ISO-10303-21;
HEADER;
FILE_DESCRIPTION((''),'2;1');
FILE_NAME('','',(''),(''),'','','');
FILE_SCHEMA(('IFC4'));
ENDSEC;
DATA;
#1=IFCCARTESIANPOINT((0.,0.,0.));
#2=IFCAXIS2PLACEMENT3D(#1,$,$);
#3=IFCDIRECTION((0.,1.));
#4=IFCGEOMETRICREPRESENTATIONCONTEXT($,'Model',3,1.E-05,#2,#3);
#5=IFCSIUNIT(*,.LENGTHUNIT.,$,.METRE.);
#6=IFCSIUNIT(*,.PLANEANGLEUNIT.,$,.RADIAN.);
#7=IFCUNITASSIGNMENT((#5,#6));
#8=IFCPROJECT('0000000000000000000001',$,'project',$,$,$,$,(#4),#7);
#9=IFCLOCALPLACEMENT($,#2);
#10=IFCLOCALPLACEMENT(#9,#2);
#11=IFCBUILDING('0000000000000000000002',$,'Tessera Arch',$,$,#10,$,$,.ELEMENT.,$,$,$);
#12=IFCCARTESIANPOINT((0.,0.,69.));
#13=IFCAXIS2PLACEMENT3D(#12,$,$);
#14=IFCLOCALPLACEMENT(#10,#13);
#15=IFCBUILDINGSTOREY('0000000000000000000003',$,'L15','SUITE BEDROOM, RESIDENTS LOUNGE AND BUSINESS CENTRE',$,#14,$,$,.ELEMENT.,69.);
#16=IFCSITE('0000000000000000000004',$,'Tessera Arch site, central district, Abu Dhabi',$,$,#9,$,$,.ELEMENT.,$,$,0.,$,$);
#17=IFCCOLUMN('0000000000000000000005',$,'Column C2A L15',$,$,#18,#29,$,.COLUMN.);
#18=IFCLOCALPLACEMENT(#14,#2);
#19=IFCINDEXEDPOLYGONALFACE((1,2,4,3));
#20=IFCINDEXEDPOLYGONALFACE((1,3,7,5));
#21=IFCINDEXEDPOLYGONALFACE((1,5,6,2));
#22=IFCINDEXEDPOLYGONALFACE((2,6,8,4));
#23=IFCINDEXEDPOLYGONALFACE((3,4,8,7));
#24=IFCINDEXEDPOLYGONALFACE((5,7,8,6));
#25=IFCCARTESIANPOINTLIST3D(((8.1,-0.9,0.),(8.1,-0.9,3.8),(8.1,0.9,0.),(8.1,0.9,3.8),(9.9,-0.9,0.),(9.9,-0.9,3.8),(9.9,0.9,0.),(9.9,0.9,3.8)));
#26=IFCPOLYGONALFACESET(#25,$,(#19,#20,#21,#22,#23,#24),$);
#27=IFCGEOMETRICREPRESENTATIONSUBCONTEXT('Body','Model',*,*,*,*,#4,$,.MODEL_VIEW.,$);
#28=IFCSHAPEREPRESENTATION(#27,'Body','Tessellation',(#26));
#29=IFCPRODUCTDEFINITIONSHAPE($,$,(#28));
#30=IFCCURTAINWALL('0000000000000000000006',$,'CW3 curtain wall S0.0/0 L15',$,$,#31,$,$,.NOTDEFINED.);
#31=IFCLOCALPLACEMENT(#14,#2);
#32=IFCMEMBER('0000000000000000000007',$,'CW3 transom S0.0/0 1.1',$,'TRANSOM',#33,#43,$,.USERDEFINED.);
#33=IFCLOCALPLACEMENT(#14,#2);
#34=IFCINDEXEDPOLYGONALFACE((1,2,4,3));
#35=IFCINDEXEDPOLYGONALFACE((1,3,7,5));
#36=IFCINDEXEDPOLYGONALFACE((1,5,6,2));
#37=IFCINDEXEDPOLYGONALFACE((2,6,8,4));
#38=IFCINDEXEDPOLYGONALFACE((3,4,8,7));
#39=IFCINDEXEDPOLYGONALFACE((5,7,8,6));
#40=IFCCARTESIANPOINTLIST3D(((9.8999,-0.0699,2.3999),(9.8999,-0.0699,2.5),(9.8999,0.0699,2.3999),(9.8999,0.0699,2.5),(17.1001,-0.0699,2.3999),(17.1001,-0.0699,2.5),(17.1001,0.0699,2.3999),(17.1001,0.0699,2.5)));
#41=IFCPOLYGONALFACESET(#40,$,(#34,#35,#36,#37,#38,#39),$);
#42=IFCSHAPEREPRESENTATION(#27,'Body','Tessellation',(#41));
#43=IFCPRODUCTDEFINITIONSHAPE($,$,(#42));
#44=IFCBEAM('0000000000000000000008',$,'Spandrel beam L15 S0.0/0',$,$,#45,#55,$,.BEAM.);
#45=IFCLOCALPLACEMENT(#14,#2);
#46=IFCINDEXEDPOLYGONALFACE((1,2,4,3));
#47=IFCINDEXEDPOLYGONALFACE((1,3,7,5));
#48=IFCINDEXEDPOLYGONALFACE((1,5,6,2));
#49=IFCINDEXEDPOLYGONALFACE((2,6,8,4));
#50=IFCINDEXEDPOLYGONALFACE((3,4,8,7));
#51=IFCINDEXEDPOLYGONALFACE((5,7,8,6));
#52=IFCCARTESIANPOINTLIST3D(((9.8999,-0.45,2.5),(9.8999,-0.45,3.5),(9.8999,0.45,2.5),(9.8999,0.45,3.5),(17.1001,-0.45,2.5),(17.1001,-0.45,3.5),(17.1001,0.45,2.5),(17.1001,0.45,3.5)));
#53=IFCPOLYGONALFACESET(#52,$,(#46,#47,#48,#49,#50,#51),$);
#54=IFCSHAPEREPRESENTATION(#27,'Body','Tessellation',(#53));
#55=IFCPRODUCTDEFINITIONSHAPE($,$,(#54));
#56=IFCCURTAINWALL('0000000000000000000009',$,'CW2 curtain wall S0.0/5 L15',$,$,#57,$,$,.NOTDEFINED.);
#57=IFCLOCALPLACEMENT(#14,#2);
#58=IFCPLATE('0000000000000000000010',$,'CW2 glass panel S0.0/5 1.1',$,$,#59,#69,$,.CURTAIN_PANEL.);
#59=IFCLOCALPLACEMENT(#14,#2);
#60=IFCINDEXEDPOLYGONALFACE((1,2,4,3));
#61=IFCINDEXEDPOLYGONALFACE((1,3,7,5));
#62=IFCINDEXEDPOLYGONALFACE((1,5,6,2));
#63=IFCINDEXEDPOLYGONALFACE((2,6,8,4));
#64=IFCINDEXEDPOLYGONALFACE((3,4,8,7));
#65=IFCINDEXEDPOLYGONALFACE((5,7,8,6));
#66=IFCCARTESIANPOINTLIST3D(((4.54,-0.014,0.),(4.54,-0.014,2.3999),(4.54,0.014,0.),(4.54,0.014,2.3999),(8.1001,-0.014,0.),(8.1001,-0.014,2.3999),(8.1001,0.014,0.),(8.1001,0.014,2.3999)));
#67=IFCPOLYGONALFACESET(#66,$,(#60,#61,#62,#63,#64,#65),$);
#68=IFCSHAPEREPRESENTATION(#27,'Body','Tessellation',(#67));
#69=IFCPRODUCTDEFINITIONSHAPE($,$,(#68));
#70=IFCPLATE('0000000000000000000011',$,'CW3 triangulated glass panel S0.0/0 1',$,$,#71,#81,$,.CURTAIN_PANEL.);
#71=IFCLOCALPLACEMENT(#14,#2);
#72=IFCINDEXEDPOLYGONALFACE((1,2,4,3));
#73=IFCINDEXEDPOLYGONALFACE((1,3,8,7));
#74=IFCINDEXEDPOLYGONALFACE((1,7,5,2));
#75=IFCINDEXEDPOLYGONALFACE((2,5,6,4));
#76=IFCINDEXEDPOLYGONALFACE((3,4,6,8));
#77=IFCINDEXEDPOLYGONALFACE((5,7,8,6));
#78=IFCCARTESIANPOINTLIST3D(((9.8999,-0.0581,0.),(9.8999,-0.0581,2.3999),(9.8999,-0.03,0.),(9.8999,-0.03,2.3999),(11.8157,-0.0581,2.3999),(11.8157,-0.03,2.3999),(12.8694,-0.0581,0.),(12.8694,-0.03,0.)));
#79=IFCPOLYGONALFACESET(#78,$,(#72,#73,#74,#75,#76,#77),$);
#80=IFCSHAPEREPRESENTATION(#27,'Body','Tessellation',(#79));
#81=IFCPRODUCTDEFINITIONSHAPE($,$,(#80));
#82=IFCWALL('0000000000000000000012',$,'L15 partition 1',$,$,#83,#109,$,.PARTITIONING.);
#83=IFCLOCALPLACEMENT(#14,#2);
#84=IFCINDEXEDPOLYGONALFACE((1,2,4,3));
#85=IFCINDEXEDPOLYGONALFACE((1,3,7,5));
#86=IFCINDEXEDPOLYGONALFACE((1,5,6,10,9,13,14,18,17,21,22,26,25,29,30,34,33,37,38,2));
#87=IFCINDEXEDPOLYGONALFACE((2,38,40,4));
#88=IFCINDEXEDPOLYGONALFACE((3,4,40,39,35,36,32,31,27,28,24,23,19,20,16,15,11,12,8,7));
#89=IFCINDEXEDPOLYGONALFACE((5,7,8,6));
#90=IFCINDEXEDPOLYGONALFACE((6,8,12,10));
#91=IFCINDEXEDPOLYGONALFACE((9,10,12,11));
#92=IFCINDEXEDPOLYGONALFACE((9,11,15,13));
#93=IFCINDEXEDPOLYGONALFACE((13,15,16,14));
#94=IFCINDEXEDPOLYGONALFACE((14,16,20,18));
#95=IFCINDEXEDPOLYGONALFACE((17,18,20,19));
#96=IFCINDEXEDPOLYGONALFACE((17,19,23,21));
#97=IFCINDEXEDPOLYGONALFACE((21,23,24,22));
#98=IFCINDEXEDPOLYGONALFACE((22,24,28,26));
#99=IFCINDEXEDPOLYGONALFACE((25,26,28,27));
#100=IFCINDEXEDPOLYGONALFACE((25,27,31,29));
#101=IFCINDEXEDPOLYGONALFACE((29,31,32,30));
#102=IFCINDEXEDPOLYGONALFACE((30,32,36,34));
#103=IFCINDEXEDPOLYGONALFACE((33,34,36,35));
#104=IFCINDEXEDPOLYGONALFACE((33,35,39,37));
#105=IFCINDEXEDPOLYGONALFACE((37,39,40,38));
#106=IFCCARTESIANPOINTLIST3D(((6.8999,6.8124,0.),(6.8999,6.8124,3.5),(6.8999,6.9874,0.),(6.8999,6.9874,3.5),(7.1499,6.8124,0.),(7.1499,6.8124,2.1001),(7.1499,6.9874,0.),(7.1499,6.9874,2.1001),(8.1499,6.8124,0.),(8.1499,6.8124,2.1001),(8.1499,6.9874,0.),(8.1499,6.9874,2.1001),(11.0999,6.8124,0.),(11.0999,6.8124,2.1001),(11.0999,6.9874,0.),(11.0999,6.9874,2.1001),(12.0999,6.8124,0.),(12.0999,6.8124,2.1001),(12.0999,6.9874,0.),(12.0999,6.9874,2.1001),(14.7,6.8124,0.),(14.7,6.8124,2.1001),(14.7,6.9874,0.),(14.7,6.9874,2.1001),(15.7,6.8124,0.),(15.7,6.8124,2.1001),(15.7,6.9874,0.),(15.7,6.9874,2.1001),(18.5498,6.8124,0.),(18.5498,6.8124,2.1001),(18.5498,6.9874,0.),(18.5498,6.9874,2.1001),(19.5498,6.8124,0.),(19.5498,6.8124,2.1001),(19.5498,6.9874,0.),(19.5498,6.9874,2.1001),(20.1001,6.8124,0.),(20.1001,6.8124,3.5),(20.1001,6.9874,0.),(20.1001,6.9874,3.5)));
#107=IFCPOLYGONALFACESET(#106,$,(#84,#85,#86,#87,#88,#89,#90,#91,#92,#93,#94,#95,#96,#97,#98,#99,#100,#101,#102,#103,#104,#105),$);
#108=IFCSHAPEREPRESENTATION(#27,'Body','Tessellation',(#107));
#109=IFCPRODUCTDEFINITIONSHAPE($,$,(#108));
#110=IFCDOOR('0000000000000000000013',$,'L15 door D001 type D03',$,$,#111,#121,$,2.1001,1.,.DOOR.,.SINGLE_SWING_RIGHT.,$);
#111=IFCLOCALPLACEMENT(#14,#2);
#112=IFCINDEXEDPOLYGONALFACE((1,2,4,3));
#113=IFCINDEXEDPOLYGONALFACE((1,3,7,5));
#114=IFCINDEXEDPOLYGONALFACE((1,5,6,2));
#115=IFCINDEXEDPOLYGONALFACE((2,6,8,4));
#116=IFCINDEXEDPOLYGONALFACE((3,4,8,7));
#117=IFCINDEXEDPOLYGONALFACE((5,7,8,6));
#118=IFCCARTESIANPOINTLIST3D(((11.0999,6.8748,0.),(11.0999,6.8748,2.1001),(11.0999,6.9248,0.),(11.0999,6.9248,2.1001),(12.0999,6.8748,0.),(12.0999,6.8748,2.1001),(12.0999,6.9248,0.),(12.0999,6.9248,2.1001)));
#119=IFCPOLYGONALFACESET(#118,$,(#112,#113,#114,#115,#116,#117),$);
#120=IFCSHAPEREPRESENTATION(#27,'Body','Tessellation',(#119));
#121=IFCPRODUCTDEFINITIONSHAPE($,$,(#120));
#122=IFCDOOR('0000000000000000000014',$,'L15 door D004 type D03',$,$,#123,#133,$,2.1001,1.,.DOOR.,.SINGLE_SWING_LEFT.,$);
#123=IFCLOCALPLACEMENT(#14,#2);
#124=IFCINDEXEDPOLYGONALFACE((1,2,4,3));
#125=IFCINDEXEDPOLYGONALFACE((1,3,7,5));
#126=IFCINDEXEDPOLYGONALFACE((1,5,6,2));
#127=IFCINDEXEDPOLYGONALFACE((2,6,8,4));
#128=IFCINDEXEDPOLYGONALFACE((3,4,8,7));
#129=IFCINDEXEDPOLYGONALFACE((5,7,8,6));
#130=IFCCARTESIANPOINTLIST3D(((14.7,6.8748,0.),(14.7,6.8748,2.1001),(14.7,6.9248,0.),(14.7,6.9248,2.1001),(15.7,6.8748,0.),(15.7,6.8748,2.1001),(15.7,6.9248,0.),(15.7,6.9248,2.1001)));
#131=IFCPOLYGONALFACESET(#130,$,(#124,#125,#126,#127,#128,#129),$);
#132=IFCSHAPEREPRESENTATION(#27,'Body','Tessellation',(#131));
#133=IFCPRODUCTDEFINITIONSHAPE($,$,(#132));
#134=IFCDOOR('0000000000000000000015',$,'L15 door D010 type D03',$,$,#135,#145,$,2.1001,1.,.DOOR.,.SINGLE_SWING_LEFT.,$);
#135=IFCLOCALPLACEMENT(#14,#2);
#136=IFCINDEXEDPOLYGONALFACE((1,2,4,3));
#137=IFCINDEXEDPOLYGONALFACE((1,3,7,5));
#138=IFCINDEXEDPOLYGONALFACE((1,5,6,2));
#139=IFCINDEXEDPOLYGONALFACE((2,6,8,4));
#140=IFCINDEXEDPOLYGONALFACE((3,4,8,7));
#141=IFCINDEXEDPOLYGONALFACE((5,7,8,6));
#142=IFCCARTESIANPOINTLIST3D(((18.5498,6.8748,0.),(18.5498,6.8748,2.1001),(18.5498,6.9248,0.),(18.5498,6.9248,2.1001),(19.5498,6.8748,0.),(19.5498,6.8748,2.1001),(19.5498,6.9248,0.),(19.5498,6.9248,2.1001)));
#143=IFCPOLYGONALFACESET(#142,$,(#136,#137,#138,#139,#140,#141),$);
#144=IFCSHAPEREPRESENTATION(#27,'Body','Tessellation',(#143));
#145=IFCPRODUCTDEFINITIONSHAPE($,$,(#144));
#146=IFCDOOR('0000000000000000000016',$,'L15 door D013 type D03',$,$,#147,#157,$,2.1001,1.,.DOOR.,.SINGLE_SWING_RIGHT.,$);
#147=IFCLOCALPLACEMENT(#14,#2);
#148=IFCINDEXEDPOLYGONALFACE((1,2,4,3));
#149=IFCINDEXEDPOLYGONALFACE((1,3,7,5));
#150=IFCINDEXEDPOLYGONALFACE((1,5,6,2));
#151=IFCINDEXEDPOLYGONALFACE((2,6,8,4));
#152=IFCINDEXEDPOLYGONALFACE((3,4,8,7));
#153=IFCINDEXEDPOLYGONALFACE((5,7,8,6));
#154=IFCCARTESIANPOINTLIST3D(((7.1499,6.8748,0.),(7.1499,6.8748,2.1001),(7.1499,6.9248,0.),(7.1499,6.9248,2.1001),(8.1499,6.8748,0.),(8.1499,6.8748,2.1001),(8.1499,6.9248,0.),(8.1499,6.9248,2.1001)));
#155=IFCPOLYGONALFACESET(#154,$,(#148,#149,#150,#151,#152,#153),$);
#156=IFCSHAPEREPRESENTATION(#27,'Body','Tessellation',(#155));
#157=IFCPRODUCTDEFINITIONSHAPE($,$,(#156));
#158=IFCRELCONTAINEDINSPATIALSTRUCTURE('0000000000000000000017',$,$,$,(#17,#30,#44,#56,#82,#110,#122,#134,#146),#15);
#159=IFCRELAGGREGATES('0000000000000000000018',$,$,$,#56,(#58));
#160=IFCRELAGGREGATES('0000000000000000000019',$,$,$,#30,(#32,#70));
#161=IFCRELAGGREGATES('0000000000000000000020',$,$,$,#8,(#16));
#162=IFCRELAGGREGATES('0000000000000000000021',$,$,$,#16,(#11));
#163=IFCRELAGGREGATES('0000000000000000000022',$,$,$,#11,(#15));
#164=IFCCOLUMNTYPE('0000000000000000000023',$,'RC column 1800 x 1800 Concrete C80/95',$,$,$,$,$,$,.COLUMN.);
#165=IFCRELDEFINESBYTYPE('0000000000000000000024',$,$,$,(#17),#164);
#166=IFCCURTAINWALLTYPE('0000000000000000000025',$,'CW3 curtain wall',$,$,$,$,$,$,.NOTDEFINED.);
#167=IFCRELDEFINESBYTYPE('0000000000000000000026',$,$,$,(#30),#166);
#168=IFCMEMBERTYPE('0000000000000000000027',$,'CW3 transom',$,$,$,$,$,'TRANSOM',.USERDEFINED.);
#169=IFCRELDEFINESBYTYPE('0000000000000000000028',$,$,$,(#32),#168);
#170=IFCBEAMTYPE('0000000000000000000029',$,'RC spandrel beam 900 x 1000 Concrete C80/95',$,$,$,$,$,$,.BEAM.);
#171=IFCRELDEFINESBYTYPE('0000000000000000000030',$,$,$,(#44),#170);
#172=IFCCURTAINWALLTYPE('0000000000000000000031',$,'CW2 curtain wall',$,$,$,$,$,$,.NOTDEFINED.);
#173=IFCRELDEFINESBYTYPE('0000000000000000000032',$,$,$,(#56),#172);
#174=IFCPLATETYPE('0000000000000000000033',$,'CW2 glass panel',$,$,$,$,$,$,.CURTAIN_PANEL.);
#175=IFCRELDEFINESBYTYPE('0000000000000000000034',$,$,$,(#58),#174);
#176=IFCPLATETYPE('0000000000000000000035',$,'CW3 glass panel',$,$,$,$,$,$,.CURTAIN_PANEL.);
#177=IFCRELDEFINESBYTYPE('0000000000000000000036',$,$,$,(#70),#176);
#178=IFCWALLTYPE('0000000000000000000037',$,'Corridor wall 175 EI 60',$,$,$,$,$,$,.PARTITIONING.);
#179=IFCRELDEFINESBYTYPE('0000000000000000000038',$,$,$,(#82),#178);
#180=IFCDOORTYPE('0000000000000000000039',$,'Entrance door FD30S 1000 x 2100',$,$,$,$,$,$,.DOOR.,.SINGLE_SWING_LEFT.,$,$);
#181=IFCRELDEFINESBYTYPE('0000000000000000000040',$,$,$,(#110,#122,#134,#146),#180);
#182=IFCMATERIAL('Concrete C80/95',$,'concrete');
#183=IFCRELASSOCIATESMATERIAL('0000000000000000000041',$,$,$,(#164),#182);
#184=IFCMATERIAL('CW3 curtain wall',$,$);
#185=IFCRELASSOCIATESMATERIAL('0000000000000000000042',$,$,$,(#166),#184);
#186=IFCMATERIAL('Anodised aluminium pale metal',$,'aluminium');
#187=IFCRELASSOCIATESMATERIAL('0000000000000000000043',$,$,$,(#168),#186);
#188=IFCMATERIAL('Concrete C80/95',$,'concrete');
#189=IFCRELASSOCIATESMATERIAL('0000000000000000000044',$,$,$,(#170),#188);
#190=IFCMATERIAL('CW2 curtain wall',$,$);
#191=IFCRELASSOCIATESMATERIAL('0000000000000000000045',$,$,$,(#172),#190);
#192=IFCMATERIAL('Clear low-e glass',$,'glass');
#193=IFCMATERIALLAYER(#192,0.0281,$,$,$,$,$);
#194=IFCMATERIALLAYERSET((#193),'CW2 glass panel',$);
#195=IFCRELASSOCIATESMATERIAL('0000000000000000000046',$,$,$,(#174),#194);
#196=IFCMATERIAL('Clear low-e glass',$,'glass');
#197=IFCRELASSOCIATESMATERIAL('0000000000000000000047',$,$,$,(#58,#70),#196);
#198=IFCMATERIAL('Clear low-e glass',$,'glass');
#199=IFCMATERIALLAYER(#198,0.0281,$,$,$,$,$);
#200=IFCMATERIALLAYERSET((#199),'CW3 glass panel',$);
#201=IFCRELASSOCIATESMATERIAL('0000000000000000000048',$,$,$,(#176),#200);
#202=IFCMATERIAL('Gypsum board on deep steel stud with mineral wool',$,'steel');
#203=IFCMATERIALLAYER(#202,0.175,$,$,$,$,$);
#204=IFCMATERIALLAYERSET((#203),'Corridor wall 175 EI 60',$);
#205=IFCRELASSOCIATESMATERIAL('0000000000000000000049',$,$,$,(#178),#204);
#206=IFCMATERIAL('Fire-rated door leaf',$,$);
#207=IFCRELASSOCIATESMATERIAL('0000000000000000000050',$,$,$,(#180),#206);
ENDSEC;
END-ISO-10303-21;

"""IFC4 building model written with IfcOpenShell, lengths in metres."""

from ifc_helpers import new_model, si_unit, direction, frame, frame_2d, origin, origin_2d, place, context, subcontext, project, spatial, polyline, rectangle, outline, extrude, material, layer, layer_set, material_profile, profile_set, type_object, element, fill, aggregate, save


model = new_model("IFC4")

# Units and contexts
model_context = context("Model", 3, precision=1e-05, world=origin(), true_north=direction((0.0, 1.0)))
body_context = subcontext(model_context, "Body", "Model", "MODEL_VIEW")
ifc_project = project(units=[si_unit("LENGTHUNIT", "METRE"), si_unit("PLANEANGLEUNIT", "RADIAN")], contexts=[model_context])

# Site, building, storey
site_placement = place(None, origin())
site = spatial("IfcSite", under=ifc_project, at=site_placement, Name="Tessera Arch site, central district, Abu Dhabi", CompositionType="ELEMENT", RefElevation=0.0)
building_placement = place(site_placement, origin())
building = spatial("IfcBuilding", under=site, at=building_placement, Name="Tessera Arch", CompositionType="ELEMENT")
storey_placement = place(building_placement, frame((0.0, 0.0, 69.0)))
storey = spatial("IfcBuildingStorey", under=building, at=storey_placement, Name="L15", Description="SUITE BEDROOM, RESIDENTS LOUNGE AND BUSINESS CENTRE", CompositionType="ELEMENT", Elevation=69.0)

# Column
ifc_material_1 = material(Name="Concrete C80/95", Category="concrete")
ifc_material_profile_1 = material_profile(ifc_material_1, rectangle(XDim=1.8, YDim=1.8, at=origin_2d()), Name="RC column 1800 x 1800 Concrete C80/95")
ifc_profile_set_1 = profile_set([ifc_material_profile_1], Name="Concrete C80/95")
column_type = type_object("IfcColumnType", Name="RC column 1800 x 1800 Concrete C80/95", PredefinedType="COLUMN", material=ifc_profile_set_1)
column_placement = place(storey_placement, frame((9.0, 0.0, 0.0), z_axis=(0.0, 0.0, 1.0), x_axis=(1.0, 0.0, 0.0)))
element("IfcColumn", 1, at=column_placement, inside=storey, type_object=column_type, Name="Column C2A L15", PredefinedType="COLUMN", context=body_context, shape_type="SweptSolid", body=[
    extrude(rectangle(XDim=1.8, YDim=1.8, at=origin_2d()), origin(), (0.0, 0.0, 1.0), 3.8),
])

# Curtain wall, member
ifc_material_2 = material(Name="CW3 curtain wall")
curtain_wall_type_1 = type_object("IfcCurtainWallType", Name="CW3 curtain wall", PredefinedType="NOTDEFINED", material=ifc_material_2)
curtain_wall_1_placement = place(storey_placement, origin())
curtain_wall_1 = element("IfcCurtainWall", 2, at=curtain_wall_1_placement, inside=storey, type_object=curtain_wall_type_1, Name="CW3 curtain wall S0.0/0 L15", PredefinedType="NOTDEFINED")
ifc_material_3 = material(Name="Anodised aluminium pale metal", Category="aluminium")
ifc_material_profile_2 = material_profile(ifc_material_3, rectangle(XDim=0.1399, YDim=0.1001, at=origin_2d()), Name="AL 140x100")
ifc_profile_set_2 = profile_set([ifc_material_profile_2], Name="Anodised aluminium pale metal")
member_type = type_object("IfcMemberType", Name="CW3 transom", ElementType="TRANSOM", PredefinedType="USERDEFINED", material=ifc_profile_set_2)
member_placement = place(storey_placement, frame((9.8999, 0.0, 2.45), z_axis=(1.0, 0.0, 0.0), x_axis=(0.0, 1.0, 0.0)))
member = element("IfcMember", 3, at=member_placement, type_object=member_type, Name="CW3 transom S0.0/0 1.1", ObjectType="TRANSOM", PredefinedType="USERDEFINED", context=body_context, shape_type="SweptSolid", body=[
    extrude(rectangle(XDim=0.1399, YDim=0.1001, at=origin_2d()), origin(), (0.0, 0.0, 1.0), 7.2002),
])

# Beam
ifc_material_4 = material(Name="Concrete C80/95", Category="concrete")
ifc_material_profile_3 = material_profile(ifc_material_4, rectangle(XDim=0.8999, YDim=1.0, at=origin_2d()), Name="RC spandrel beam 900 x 1000 Concrete C80/95")
ifc_profile_set_3 = profile_set([ifc_material_profile_3], Name="Concrete C80/95")
beam_type = type_object("IfcBeamType", Name="RC spandrel beam 900 x 1000 Concrete C80/95", PredefinedType="BEAM", material=ifc_profile_set_3)
beam_placement = place(storey_placement, frame((9.8999, 0.0, 3.0), z_axis=(1.0, 0.0, 0.0), x_axis=(0.0, 1.0, 0.0)))
element("IfcBeam", 4, at=beam_placement, inside=storey, type_object=beam_type, Name="Spandrel beam L15 S0.0/0", PredefinedType="BEAM", context=body_context, shape_type="SweptSolid", body=[
    extrude(rectangle(XDim=0.8999, YDim=1.0, at=origin_2d()), origin(), (0.0, 0.0, 1.0), 7.2002),
])

# Curtain wall, plate
ifc_material_5 = material(Name="CW2 curtain wall")
curtain_wall_type_2 = type_object("IfcCurtainWallType", Name="CW2 curtain wall", PredefinedType="NOTDEFINED", material=ifc_material_5)
curtain_wall_2_placement = place(storey_placement, origin())
curtain_wall_2 = element("IfcCurtainWall", 5, at=curtain_wall_2_placement, inside=storey, type_object=curtain_wall_type_2, Name="CW2 curtain wall S0.0/5 L15", PredefinedType="NOTDEFINED")
ifc_material_6 = material(Name="Clear low-e glass", Category="glass")
ifc_material_7 = material(Name="Clear low-e glass", Category="glass")
ifc_layer_1 = layer(ifc_material_7, 0.0281)
ifc_layer_set_1 = layer_set([ifc_layer_1], Name="CW2 glass panel")
plate_type_1 = type_object("IfcPlateType", Name="CW2 glass panel", PredefinedType="CURTAIN_PANEL", material=ifc_layer_set_1)
plate_1_placement = place(storey_placement, frame((6.3201, 0.0, 0.0), z_axis=(0.0, 0.0, 1.0), x_axis=(1.0, 0.0, 0.0)))
plate_1 = element("IfcPlate", 6, at=plate_1_placement, type_object=plate_type_1, material=ifc_material_6, Name="CW2 glass panel S0.0/5 1.1", PredefinedType="CURTAIN_PANEL", context=body_context, shape_type="SweptSolid", body=[
    extrude(rectangle(XDim=3.5601, YDim=0.0281, at=origin_2d()), origin(), (0.0, 0.0, 1.0), 2.3999),
])
aggregate(curtain_wall_2, [plate_1])

# Plate
ifc_material_8 = material(Name="Clear low-e glass", Category="glass")
ifc_layer_2 = layer(ifc_material_8, 0.0281)
ifc_layer_set_2 = layer_set([ifc_layer_2], Name="CW3 glass panel")
plate_type_2 = type_object("IfcPlateType", Name="CW3 glass panel", PredefinedType="CURTAIN_PANEL", material=ifc_layer_set_2)
plate_2_placement = place(storey_placement, frame((9.8999, -0.0581, 0.0), z_axis=(0.0, -1.0, 0.0), x_axis=(1.0, 0.0, 0.0)))
plate_2 = element("IfcPlate", 7, at=plate_2_placement, type_object=plate_type_2, material=ifc_material_6, Name="CW3 triangulated glass panel S0.0/0 1", PredefinedType="CURTAIN_PANEL", context=body_context, shape_type="SweptSolid", body=[
    extrude(outline(polyline([(0.0, 0.0), (2.9695, 0.0), (1.9158, 2.3999), (0.0, 2.3999), (0.0, 0.0)])), origin(), (0.0, 0.0, -1.0), 0.0281),
])
aggregate(curtain_wall_1, [member, plate_2])

# Wall, openings, doors
ifc_material_9 = material(Name="Gypsum board on deep steel stud with mineral wool", Category="steel")
ifc_layer_3 = layer(ifc_material_9, 0.175)
ifc_layer_set_3 = layer_set([ifc_layer_3], Name="Corridor wall 175 EI 60")
wall_type_1 = type_object("IfcWallType", Name="Corridor wall 175 EI 60", PredefinedType="PARTITIONING", material=ifc_layer_set_3)
wall_1_placement = place(storey_placement, frame((6.8999, 6.8999, 0.0), z_axis=(0.0, 0.0, 1.0), x_axis=(1.0, 0.0, 0.0)))
wall_1 = element("IfcWall", 8, at=wall_1_placement, inside=storey, type_object=wall_type_1, Name="L15 partition 1", PredefinedType="PARTITIONING", context=body_context, shape_type="SweptSolid", body=[
    extrude(rectangle(XDim=13.2002, YDim=0.175, at=frame_2d((6.6001, 0.0))), origin(), (0.0, 0.0, 1.0), 3.5),
])
opening_1_placement = place(wall_1_placement, frame((4.2, 0.0, 0.0)))
opening_1 = element("IfcOpeningElement", 9, at=opening_1_placement, cuts=wall_1, PredefinedType="OPENING", context=body_context, shape_type="SweptSolid", body=[
    extrude(rectangle(XDim=1.0, YDim=2.1001, at=frame_2d((0.5, 1.05))), frame((0.0, 0.0974, 0.0), z_axis=(0.0, -1.0, 0.0), x_axis=(1.0, 0.0, 0.0)), (0.0, 0.0, 1.0), 0.1951),
])
opening_2_placement = place(wall_1_placement, frame((7.8, 0.0, 0.0)))
opening_2 = element("IfcOpeningElement", 10, at=opening_2_placement, cuts=wall_1, PredefinedType="OPENING", context=body_context, shape_type="SweptSolid", body=[
    extrude(rectangle(XDim=1.0, YDim=2.1001, at=frame_2d((0.5, 1.05))), frame((0.0, 0.0974, 0.0), z_axis=(0.0, -1.0, 0.0), x_axis=(1.0, 0.0, 0.0)), (0.0, 0.0, 1.0), 0.1951),
])
opening_3_placement = place(wall_1_placement, frame((11.6499, 0.0, 0.0)))
opening_3 = element("IfcOpeningElement", 11, at=opening_3_placement, cuts=wall_1, PredefinedType="OPENING", context=body_context, shape_type="SweptSolid", body=[
    extrude(rectangle(XDim=1.0, YDim=2.1001, at=frame_2d((0.5, 1.05))), frame((0.0, 0.0974, 0.0), z_axis=(0.0, -1.0, 0.0), x_axis=(1.0, 0.0, 0.0)), (0.0, 0.0, 1.0), 0.1951),
])
opening_4_placement = place(wall_1_placement, frame((0.25, 0.0, 0.0)))
opening_4 = element("IfcOpeningElement", 12, at=opening_4_placement, cuts=wall_1, PredefinedType="OPENING", context=body_context, shape_type="SweptSolid", body=[
    extrude(rectangle(XDim=1.0, YDim=2.1001, at=frame_2d((0.5, 1.05))), frame((0.0, 0.0974, 0.0), z_axis=(0.0, -1.0, 0.0), x_axis=(1.0, 0.0, 0.0)), (0.0, 0.0, 1.0), 0.1951),
])
ifc_material_10 = material(Name="Fire-rated door leaf")
door_type_1 = type_object("IfcDoorType", Name="Entrance door FD30S 1000 x 2100", OperationType="SINGLE_SWING_LEFT", PredefinedType="DOOR", material=ifc_material_10)
door_1_placement = place(opening_1_placement, origin())
door_1 = element("IfcDoor", 13, at=door_1_placement, inside=storey, type_object=door_type_1, Name="L15 door D001 type D03", OperationType="SINGLE_SWING_RIGHT", OverallHeight=2.1001, OverallWidth=1.0, PredefinedType="DOOR", context=body_context, shape_type="SweptSolid", body=[
    extrude(rectangle(XDim=1.0, YDim=2.1001, at=frame_2d((0.5, 1.05))), frame((0.0, 0.0249, 0.0), z_axis=(0.0, -1.0, 0.0), x_axis=(1.0, 0.0, 0.0)), (0.0, 0.0, 1.0), 0.05),
])
fill(opening_1, door_1)
door_2_placement = place(opening_2_placement, origin())
door_2 = element("IfcDoor", 14, at=door_2_placement, inside=storey, type_object=door_type_1, Name="L15 door D004 type D03", OperationType="SINGLE_SWING_LEFT", OverallHeight=2.1001, OverallWidth=1.0, PredefinedType="DOOR", context=body_context, shape_type="SweptSolid", body=[
    extrude(rectangle(XDim=1.0, YDim=2.1001, at=frame_2d((0.5, 1.05))), frame((0.0, 0.0249, 0.0), z_axis=(0.0, -1.0, 0.0), x_axis=(1.0, 0.0, 0.0)), (0.0, 0.0, 1.0), 0.05),
])
fill(opening_2, door_2)
door_3_placement = place(opening_3_placement, origin())
door_3 = element("IfcDoor", 15, at=door_3_placement, inside=storey, type_object=door_type_1, Name="L15 door D010 type D03", OperationType="SINGLE_SWING_LEFT", OverallHeight=2.1001, OverallWidth=1.0, PredefinedType="DOOR", context=body_context, shape_type="SweptSolid", body=[
    extrude(rectangle(XDim=1.0, YDim=2.1001, at=frame_2d((0.5, 1.05))), frame((0.0, 0.0249, 0.0), z_axis=(0.0, -1.0, 0.0), x_axis=(1.0, 0.0, 0.0)), (0.0, 0.0, 1.0), 0.05),
])
fill(opening_3, door_3)
door_4_placement = place(opening_4_placement, origin())
door_4 = element("IfcDoor", 16, at=door_4_placement, inside=storey, type_object=door_type_1, Name="L15 door D013 type D03", OperationType="SINGLE_SWING_RIGHT", OverallHeight=2.1001, OverallWidth=1.0, PredefinedType="DOOR", context=body_context, shape_type="SweptSolid", body=[
    extrude(rectangle(XDim=1.0, YDim=2.1001, at=frame_2d((0.5, 1.05))), frame((0.0, 0.0249, 0.0), z_axis=(0.0, -1.0, 0.0), x_axis=(1.0, 0.0, 0.0)), (0.0, 0.0, 1.0), 0.05),
])
fill(opening_4, door_4)

save(model, "model.ifc")
